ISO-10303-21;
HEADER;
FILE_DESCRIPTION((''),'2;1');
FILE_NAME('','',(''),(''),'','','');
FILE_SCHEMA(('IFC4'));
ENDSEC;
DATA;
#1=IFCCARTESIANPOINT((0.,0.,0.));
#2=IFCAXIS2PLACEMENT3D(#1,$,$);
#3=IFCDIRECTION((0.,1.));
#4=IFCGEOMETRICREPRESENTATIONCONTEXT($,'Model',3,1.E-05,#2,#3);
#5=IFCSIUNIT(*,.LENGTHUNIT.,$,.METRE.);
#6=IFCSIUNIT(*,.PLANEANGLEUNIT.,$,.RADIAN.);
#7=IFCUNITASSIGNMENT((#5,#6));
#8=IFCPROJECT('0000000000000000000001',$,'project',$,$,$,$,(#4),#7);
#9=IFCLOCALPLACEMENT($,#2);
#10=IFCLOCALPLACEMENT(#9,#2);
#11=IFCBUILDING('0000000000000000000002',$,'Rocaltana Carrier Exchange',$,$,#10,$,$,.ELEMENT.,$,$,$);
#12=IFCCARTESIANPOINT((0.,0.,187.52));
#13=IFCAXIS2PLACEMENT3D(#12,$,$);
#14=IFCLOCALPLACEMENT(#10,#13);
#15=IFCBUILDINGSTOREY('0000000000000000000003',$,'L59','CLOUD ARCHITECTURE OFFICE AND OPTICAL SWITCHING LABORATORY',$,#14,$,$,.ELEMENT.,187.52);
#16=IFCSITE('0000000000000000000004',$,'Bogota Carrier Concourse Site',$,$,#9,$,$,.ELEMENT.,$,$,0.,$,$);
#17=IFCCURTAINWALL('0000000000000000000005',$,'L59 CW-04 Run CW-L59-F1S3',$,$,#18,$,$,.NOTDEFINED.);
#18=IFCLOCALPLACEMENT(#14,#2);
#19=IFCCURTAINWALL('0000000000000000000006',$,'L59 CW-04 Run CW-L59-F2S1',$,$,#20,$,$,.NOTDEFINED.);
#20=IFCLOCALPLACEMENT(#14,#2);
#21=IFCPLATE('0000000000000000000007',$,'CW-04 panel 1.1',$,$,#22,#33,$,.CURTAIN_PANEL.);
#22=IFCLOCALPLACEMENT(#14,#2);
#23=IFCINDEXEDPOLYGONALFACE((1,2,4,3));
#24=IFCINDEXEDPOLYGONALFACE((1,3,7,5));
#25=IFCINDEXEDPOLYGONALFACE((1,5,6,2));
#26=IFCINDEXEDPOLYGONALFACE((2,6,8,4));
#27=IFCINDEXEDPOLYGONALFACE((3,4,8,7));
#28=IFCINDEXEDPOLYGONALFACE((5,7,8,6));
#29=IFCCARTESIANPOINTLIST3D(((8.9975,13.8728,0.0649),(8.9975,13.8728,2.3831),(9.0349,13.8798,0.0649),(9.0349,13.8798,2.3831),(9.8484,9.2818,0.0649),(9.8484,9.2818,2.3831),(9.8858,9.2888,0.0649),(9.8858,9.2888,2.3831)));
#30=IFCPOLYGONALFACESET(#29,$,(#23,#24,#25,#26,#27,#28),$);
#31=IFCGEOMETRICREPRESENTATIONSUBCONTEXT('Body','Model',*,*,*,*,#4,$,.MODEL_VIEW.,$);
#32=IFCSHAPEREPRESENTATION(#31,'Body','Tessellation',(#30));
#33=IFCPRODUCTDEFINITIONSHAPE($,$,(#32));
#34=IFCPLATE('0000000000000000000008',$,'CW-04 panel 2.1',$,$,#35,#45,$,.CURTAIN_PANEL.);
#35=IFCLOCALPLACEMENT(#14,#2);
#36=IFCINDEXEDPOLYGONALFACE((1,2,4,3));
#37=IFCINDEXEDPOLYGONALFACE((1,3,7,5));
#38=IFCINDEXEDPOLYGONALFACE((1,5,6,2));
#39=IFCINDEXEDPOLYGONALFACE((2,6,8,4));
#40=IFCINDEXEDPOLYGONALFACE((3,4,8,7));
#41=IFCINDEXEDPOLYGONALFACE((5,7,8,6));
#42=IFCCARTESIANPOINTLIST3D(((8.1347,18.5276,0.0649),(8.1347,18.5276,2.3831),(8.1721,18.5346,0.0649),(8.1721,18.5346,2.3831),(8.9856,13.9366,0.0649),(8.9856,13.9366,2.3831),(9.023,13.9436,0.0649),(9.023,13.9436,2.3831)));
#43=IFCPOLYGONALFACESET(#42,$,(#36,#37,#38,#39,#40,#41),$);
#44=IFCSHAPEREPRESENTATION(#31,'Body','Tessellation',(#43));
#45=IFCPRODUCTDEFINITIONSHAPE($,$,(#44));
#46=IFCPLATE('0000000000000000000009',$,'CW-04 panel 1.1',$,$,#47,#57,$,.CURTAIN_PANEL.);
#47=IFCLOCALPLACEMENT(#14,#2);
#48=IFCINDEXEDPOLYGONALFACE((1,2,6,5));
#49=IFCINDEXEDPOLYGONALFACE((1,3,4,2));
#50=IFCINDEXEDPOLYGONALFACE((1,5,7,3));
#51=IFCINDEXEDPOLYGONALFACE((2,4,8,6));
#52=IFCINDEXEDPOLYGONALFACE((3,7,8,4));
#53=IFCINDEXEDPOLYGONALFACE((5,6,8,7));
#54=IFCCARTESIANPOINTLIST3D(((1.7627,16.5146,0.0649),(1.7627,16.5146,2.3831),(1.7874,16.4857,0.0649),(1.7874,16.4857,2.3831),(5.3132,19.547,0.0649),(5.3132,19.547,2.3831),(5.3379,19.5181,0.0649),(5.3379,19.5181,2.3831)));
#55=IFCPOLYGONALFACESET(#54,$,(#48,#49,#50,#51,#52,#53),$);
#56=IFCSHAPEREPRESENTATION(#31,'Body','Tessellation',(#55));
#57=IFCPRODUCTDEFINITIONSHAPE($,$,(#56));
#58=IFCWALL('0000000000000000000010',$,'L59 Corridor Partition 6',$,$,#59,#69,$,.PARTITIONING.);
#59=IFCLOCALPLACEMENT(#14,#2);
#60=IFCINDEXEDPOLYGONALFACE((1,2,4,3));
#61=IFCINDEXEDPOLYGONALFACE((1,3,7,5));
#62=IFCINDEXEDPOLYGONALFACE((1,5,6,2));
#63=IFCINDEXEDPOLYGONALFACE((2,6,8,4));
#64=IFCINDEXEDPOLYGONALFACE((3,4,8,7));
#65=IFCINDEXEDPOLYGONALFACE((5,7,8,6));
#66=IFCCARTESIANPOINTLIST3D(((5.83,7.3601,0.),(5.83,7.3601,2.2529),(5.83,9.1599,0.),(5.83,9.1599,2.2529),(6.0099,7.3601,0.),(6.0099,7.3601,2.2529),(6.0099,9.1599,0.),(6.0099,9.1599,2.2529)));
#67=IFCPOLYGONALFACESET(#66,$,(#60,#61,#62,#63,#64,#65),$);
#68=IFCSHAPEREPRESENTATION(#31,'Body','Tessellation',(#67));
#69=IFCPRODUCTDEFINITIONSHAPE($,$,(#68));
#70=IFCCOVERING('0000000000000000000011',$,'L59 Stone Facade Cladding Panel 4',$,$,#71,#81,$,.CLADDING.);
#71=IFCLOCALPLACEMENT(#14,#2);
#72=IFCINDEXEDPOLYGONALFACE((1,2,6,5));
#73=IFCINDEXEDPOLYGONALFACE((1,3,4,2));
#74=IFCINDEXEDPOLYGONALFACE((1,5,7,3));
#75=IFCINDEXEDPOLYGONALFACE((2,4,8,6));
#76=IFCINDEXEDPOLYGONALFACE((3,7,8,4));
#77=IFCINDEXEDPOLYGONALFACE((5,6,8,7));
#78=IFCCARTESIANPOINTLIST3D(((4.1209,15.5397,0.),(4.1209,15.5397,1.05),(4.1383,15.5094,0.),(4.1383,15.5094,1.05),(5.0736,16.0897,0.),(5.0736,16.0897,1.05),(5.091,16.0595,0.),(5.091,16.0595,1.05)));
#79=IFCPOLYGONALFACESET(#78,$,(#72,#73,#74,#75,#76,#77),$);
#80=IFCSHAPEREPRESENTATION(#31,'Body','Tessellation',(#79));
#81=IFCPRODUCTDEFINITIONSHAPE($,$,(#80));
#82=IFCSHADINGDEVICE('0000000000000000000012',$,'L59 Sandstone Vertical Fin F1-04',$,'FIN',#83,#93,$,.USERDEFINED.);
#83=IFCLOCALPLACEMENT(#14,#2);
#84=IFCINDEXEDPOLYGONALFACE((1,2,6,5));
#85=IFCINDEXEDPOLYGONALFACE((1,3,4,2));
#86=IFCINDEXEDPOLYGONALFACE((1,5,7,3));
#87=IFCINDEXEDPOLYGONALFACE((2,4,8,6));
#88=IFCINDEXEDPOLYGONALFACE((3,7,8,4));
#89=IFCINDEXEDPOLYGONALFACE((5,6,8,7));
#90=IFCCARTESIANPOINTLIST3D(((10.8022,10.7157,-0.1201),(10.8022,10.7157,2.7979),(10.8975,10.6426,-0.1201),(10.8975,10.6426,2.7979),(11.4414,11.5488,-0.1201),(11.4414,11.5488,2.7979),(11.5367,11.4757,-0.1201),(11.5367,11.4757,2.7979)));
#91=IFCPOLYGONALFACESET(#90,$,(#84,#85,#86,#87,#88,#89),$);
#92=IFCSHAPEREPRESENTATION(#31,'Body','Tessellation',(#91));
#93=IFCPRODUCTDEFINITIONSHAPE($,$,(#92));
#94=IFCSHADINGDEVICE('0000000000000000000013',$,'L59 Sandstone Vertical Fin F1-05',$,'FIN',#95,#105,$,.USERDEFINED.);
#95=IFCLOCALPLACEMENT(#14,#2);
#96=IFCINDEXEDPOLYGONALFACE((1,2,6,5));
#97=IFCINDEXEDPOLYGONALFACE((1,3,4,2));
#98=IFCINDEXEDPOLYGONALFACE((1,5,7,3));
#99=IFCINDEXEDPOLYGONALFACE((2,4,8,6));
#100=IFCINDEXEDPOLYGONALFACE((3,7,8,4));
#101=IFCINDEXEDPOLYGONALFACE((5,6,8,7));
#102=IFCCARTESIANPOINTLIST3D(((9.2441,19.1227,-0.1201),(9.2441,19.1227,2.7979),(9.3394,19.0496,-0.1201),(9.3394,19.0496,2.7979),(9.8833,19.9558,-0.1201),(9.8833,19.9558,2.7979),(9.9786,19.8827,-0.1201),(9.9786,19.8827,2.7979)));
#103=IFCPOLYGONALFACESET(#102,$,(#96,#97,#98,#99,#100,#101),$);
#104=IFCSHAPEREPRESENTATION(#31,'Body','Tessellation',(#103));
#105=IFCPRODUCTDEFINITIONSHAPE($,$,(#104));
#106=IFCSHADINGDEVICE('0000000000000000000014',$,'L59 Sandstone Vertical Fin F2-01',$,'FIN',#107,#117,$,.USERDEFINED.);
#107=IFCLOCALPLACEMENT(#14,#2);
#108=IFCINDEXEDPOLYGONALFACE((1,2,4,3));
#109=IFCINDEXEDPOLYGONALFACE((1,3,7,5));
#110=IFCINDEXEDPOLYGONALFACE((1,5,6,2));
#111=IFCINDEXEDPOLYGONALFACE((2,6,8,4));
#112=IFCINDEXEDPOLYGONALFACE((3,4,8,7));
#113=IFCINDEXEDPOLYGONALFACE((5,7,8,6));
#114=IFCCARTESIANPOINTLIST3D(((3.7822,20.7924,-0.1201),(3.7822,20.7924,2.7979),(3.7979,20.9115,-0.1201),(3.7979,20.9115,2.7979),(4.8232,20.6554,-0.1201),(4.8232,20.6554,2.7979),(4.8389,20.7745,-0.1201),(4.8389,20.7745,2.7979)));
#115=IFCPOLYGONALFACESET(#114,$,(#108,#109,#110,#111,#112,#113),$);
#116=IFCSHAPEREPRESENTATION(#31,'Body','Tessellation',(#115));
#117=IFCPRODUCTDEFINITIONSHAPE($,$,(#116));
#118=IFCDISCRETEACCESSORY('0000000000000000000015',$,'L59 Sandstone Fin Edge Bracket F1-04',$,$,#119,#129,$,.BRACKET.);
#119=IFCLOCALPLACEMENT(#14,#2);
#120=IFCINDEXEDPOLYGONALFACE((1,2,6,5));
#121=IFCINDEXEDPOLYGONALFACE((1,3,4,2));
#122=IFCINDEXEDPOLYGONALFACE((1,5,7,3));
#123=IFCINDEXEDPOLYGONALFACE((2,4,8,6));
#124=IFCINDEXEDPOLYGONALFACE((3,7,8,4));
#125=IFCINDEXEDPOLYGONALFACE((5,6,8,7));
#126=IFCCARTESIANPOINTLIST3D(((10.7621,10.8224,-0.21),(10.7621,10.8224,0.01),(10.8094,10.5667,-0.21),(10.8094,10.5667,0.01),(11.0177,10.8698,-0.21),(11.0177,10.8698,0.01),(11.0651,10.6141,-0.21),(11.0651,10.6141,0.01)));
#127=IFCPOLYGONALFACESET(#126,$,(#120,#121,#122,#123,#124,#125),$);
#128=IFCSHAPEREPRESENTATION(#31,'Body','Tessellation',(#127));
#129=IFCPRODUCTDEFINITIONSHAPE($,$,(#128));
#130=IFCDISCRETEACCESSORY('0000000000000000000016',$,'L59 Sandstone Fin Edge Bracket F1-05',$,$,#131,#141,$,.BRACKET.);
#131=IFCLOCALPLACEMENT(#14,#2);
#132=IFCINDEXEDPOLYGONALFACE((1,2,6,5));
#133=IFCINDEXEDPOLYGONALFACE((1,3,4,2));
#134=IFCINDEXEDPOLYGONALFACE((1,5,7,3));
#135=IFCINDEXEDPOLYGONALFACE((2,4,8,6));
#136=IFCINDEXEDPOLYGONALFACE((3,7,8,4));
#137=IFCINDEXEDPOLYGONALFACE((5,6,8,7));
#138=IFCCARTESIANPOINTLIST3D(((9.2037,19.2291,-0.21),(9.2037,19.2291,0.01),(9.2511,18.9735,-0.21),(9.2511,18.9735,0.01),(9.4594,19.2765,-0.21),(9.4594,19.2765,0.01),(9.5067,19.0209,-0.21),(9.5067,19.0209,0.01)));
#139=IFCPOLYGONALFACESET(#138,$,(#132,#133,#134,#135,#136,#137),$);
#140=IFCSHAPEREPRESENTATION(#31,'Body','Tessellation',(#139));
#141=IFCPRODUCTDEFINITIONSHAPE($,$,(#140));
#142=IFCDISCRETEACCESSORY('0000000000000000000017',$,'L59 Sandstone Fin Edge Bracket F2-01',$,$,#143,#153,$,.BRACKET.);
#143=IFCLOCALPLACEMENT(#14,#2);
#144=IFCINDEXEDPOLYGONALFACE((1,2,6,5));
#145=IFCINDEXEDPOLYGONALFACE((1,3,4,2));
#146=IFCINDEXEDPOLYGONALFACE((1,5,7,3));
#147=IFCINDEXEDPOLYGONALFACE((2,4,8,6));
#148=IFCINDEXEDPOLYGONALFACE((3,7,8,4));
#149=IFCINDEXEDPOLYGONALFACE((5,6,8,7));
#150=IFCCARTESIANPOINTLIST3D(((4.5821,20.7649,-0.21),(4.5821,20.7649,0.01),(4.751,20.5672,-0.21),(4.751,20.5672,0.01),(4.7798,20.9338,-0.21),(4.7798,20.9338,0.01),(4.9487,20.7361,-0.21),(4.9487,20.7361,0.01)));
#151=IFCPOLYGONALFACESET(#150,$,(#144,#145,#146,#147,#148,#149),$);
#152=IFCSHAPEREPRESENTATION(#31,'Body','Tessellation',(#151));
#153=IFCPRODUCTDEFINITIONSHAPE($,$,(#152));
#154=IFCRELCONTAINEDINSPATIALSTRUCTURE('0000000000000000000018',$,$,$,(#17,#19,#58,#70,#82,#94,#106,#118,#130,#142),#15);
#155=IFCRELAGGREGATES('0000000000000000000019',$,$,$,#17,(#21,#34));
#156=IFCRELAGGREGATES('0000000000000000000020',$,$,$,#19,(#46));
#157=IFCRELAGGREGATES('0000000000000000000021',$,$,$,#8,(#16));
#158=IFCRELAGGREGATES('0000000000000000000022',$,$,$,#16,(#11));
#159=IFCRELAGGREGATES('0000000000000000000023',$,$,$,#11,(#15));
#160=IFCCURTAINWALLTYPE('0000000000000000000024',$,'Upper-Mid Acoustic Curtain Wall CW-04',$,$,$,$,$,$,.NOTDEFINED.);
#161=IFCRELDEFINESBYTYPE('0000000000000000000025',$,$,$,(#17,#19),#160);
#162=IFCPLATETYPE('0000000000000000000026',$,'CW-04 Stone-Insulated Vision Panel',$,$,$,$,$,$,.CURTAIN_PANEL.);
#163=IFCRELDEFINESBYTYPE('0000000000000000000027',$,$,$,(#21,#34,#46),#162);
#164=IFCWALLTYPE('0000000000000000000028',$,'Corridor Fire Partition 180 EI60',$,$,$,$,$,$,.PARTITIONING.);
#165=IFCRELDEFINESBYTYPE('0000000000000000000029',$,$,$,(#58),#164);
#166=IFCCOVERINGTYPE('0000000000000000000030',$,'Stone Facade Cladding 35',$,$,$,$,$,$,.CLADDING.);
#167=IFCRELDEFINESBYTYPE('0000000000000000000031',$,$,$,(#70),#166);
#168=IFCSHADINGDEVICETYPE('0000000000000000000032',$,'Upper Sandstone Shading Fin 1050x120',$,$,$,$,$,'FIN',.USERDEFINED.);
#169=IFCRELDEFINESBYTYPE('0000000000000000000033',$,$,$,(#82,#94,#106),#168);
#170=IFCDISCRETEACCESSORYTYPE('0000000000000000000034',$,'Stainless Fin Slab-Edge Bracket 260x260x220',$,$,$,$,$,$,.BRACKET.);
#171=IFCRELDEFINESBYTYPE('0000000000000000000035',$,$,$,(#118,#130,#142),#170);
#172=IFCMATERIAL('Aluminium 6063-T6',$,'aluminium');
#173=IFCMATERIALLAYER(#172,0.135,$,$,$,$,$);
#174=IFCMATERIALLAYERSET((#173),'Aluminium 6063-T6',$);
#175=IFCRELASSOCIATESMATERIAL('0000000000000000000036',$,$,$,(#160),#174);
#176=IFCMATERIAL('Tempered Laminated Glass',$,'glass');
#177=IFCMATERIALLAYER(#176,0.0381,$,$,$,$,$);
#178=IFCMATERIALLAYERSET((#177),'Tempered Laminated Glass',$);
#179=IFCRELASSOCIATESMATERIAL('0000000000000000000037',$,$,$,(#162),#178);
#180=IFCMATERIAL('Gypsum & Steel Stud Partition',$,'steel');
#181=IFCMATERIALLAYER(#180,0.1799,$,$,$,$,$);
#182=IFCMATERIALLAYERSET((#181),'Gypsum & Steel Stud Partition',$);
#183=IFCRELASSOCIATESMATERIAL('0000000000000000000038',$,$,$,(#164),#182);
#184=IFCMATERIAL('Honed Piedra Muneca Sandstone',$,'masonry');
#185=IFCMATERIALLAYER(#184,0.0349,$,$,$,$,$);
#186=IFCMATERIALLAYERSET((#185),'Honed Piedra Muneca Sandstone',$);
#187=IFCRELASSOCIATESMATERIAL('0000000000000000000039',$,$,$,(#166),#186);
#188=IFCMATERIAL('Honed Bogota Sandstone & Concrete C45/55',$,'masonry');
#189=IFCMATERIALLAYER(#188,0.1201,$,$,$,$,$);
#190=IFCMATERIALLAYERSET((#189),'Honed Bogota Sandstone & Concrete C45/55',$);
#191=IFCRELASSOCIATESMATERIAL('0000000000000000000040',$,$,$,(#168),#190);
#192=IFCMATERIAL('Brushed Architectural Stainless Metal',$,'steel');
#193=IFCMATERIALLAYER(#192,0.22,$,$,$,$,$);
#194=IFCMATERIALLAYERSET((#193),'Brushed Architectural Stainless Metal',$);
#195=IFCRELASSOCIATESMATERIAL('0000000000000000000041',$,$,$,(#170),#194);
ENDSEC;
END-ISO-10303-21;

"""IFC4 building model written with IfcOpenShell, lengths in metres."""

from ifc_helpers import new_model, si_unit, direction, frame, frame_2d, origin, origin_2d, place, context, subcontext, project, spatial, rectangle, extrude, material, layer, layer_set, type_object, element, aggregate, save


model = new_model("IFC4")

# Units and contexts
model_context = context("Model", 3, precision=1e-05, world=origin(), true_north=direction((0.0, 1.0)))
body_context = subcontext(model_context, "Body", "Model", "MODEL_VIEW")
ifc_project = project(units=[si_unit("LENGTHUNIT", "METRE"), si_unit("PLANEANGLEUNIT", "RADIAN")], contexts=[model_context])

# Site, building, storey
site_placement = place(None, origin())
site = spatial("IfcSite", under=ifc_project, at=site_placement, Name="Bogota Carrier Concourse Site", CompositionType="ELEMENT", RefElevation=0.0)
building_placement = place(site_placement, origin())
building = spatial("IfcBuilding", under=site, at=building_placement, Name="Rocaltana Carrier Exchange", CompositionType="ELEMENT")
storey_placement = place(building_placement, frame((0.0, 0.0, 187.52)))
storey = spatial("IfcBuildingStorey", under=building, at=storey_placement, Name="L59", Description="CLOUD ARCHITECTURE OFFICE AND OPTICAL SWITCHING LABORATORY", CompositionType="ELEMENT", Elevation=187.52)

# Curtain walls
ifc_material_1 = material(Name="Aluminium 6063-T6", Category="aluminium")
ifc_layer_1 = layer(ifc_material_1, 0.135)
ifc_layer_set_1 = layer_set([ifc_layer_1], Name="Aluminium 6063-T6")
curtain_wall_type = type_object("IfcCurtainWallType", Name="Upper-Mid Acoustic Curtain Wall CW-04", PredefinedType="NOTDEFINED", material=ifc_layer_set_1)
curtain_wall_1_placement = place(storey_placement, origin())
curtain_wall_1 = element("IfcCurtainWall", 1, at=curtain_wall_1_placement, inside=storey, type_object=curtain_wall_type, Name="L59 CW-04 Run CW-L59-F1S3", PredefinedType="NOTDEFINED")
curtain_wall_2_placement = place(storey_placement, origin())
curtain_wall_2 = element("IfcCurtainWall", 2, at=curtain_wall_2_placement, inside=storey, type_object=curtain_wall_type, Name="L59 CW-04 Run CW-L59-F2S1", PredefinedType="NOTDEFINED")

# Plates
ifc_material_2 = material(Name="Tempered Laminated Glass", Category="glass")
ifc_layer_2 = layer(ifc_material_2, 0.0381)
ifc_layer_set_2 = layer_set([ifc_layer_2], Name="Tempered Laminated Glass")
plate_type = type_object("IfcPlateType", Name="CW-04 Stone-Insulated Vision Panel", PredefinedType="CURTAIN_PANEL", material=ifc_layer_set_2)
plate_1_placement = place(storey_placement, frame((9.4417, 11.5808, 0.0649), z_axis=(0.0, 0.0, 1.0), x_axis=(-0.182236, 0.983255, 0.0)))
plate_1 = element("IfcPlate", 3, at=plate_1_placement, type_object=plate_type, Name="CW-04 panel 1.1", PredefinedType="CURTAIN_PANEL", context=body_context, shape_type="SweptSolid", body=[
    extrude(rectangle(XDim=4.6692, YDim=0.0381, at=origin_2d()), origin(), (0.0, 0.0, 1.0), 2.3181),
])
plate_2_placement = place(storey_placement, frame((8.5789, 16.2356, 0.0649), z_axis=(0.0, 0.0, 1.0), x_axis=(-0.182236, 0.983255, 0.0)))
plate_2 = element("IfcPlate", 4, at=plate_2_placement, type_object=plate_type, Name="CW-04 panel 2.1", PredefinedType="CURTAIN_PANEL", context=body_context, shape_type="SweptSolid", body=[
    extrude(rectangle(XDim=4.6692, YDim=0.0381, at=origin_2d()), origin(), (0.0, 0.0, 1.0), 2.3181),
])
aggregate(curtain_wall_1, [plate_1, plate_2])
plate_3_placement = place(storey_placement, frame((3.5503, 18.0164, 0.0649), z_axis=(0.0, 0.0, 1.0), x_axis=(-0.760406, -0.649448, 0.0)))
plate_3 = element("IfcPlate", 5, at=plate_3_placement, type_object=plate_type, Name="CW-04 panel 1.1", PredefinedType="CURTAIN_PANEL", context=body_context, shape_type="SweptSolid", body=[
    extrude(rectangle(XDim=4.6692, YDim=0.0381, at=origin_2d()), origin(), (0.0, 0.0, 1.0), 2.3181),
])
aggregate(curtain_wall_2, [plate_3])

# Wall
ifc_material_3 = material(Name="Gypsum & Steel Stud Partition", Category="steel")
ifc_layer_3 = layer(ifc_material_3, 0.1799)
ifc_layer_set_3 = layer_set([ifc_layer_3], Name="Gypsum & Steel Stud Partition")
wall_type = type_object("IfcWallType", Name="Corridor Fire Partition 180 EI60", PredefinedType="PARTITIONING", material=ifc_layer_set_3)
wall_placement = place(storey_placement, frame((5.9199, 9.1599, 0.0), z_axis=(0.0, 0.0, 1.0), x_axis=(0.0, -1.0, 0.0)))
element("IfcWall", 6, at=wall_placement, inside=storey, type_object=wall_type, Name="L59 Corridor Partition 6", PredefinedType="PARTITIONING", context=body_context, shape_type="SweptSolid", body=[
    extrude(rectangle(XDim=1.7998, YDim=0.1799, at=frame_2d((0.8999, 0.0))), origin(), (0.0, 0.0, 1.0), 2.2529),
])

# Covering
ifc_material_4 = material(Name="Honed Piedra Muneca Sandstone", Category="masonry")
ifc_layer_4 = layer(ifc_material_4, 0.0349)
ifc_layer_set_4 = layer_set([ifc_layer_4], Name="Honed Piedra Muneca Sandstone")
covering_type = type_object("IfcCoveringType", Name="Stone Facade Cladding 35", PredefinedType="CLADDING", material=ifc_layer_set_4)
covering_placement = place(storey_placement, frame((4.606, 15.7996, 0.0), z_axis=(0.0, 0.0, 1.0), x_axis=(0.866025, 0.5, 0.0)))
element("IfcCovering", 7, at=covering_placement, inside=storey, type_object=covering_type, Name="L59 Stone Facade Cladding Panel 4", PredefinedType="CLADDING", context=body_context, shape_type="SweptSolid", body=[
    extrude(rectangle(XDim=1.1001, YDim=0.0349, at=origin_2d()), origin(), (0.0, 0.0, 1.0), 1.05),
])

# Shading devices
ifc_material_5 = material(Name="Honed Bogota Sandstone & Concrete C45/55", Category="masonry")
ifc_layer_5 = layer(ifc_material_5, 0.1201)
ifc_layer_set_5 = layer_set([ifc_layer_5], Name="Honed Bogota Sandstone & Concrete C45/55")
shading_device_type = type_object("IfcShadingDeviceType", Name="Upper Sandstone Shading Fin 1050x120", ElementType="FIN", PredefinedType="USERDEFINED", material=ifc_layer_set_5)
for number, where, z_axis, x_axis, name in (
    (8, (11.1694, 11.0957, -0.1201), (0.0, 0.0, 1.0), (0.608761, 0.793353, 0.0), "L59 Sandstone Vertical Fin F1-04"),
    (9, (9.6113, 19.5027, -0.1201), (0.0, 0.0, 1.0), (0.608761, 0.793353, 0.0), "L59 Sandstone Vertical Fin F1-05"),
    (10, (4.3105, 20.7834, -0.1201), (0.0, 0.0, 1.0), (-0.991445, 0.130526, 0.0), "L59 Sandstone Vertical Fin F2-01"),
):
    element("IfcShadingDevice", number, at=place(storey_placement, frame(where, z_axis=z_axis, x_axis=x_axis)), inside=storey, type_object=shading_device_type, Name=name, ObjectType="FIN", PredefinedType="USERDEFINED", context=body_context, shape_type="SweptSolid", body=[
        extrude(rectangle(XDim=1.05, YDim=0.1201, at=origin_2d()), origin(), (0.0, 0.0, 1.0), 2.918),
    ])

# Discrete accessories
ifc_material_6 = material(Name="Brushed Architectural Stainless Metal", Category="steel")
ifc_layer_6 = layer(ifc_material_6, 0.22)
ifc_layer_set_6 = layer_set([ifc_layer_6], Name="Brushed Architectural Stainless Metal")
discrete_accessory_type = type_object("IfcDiscreteAccessoryType", Name="Stainless Fin Slab-Edge Bracket 260x260x220", PredefinedType="BRACKET", material=ifc_layer_set_6)
for number, where, z_axis, x_axis, name in (
    (11, (10.9136, 10.7183, -0.21), (0.0, 0.0, 1.0), (-0.182236, 0.983255, 0.0), "L59 Sandstone Fin Edge Bracket F1-04"),
    (12, (9.3552, 19.125, -0.21), (0.0, 0.0, 1.0), (-0.182236, 0.983255, 0.0), "L59 Sandstone Fin Edge Bracket F1-05"),
    (13, (4.7654, 20.7505, -0.21), (0.0, 0.0, 1.0), (-0.760406, -0.649448, 0.0), "L59 Sandstone Fin Edge Bracket F2-01"),
):
    element("IfcDiscreteAccessory", number, at=place(storey_placement, frame(where, z_axis=z_axis, x_axis=x_axis)), inside=storey, type_object=discrete_accessory_type, Name=name, PredefinedType="BRACKET", context=body_context, shape_type="SweptSolid", body=[
        extrude(rectangle(XDim=0.26, YDim=0.26, at=origin_2d()), origin(), (0.0, 0.0, 1.0), 0.22),
    ])

save(model, "model.ifc")
